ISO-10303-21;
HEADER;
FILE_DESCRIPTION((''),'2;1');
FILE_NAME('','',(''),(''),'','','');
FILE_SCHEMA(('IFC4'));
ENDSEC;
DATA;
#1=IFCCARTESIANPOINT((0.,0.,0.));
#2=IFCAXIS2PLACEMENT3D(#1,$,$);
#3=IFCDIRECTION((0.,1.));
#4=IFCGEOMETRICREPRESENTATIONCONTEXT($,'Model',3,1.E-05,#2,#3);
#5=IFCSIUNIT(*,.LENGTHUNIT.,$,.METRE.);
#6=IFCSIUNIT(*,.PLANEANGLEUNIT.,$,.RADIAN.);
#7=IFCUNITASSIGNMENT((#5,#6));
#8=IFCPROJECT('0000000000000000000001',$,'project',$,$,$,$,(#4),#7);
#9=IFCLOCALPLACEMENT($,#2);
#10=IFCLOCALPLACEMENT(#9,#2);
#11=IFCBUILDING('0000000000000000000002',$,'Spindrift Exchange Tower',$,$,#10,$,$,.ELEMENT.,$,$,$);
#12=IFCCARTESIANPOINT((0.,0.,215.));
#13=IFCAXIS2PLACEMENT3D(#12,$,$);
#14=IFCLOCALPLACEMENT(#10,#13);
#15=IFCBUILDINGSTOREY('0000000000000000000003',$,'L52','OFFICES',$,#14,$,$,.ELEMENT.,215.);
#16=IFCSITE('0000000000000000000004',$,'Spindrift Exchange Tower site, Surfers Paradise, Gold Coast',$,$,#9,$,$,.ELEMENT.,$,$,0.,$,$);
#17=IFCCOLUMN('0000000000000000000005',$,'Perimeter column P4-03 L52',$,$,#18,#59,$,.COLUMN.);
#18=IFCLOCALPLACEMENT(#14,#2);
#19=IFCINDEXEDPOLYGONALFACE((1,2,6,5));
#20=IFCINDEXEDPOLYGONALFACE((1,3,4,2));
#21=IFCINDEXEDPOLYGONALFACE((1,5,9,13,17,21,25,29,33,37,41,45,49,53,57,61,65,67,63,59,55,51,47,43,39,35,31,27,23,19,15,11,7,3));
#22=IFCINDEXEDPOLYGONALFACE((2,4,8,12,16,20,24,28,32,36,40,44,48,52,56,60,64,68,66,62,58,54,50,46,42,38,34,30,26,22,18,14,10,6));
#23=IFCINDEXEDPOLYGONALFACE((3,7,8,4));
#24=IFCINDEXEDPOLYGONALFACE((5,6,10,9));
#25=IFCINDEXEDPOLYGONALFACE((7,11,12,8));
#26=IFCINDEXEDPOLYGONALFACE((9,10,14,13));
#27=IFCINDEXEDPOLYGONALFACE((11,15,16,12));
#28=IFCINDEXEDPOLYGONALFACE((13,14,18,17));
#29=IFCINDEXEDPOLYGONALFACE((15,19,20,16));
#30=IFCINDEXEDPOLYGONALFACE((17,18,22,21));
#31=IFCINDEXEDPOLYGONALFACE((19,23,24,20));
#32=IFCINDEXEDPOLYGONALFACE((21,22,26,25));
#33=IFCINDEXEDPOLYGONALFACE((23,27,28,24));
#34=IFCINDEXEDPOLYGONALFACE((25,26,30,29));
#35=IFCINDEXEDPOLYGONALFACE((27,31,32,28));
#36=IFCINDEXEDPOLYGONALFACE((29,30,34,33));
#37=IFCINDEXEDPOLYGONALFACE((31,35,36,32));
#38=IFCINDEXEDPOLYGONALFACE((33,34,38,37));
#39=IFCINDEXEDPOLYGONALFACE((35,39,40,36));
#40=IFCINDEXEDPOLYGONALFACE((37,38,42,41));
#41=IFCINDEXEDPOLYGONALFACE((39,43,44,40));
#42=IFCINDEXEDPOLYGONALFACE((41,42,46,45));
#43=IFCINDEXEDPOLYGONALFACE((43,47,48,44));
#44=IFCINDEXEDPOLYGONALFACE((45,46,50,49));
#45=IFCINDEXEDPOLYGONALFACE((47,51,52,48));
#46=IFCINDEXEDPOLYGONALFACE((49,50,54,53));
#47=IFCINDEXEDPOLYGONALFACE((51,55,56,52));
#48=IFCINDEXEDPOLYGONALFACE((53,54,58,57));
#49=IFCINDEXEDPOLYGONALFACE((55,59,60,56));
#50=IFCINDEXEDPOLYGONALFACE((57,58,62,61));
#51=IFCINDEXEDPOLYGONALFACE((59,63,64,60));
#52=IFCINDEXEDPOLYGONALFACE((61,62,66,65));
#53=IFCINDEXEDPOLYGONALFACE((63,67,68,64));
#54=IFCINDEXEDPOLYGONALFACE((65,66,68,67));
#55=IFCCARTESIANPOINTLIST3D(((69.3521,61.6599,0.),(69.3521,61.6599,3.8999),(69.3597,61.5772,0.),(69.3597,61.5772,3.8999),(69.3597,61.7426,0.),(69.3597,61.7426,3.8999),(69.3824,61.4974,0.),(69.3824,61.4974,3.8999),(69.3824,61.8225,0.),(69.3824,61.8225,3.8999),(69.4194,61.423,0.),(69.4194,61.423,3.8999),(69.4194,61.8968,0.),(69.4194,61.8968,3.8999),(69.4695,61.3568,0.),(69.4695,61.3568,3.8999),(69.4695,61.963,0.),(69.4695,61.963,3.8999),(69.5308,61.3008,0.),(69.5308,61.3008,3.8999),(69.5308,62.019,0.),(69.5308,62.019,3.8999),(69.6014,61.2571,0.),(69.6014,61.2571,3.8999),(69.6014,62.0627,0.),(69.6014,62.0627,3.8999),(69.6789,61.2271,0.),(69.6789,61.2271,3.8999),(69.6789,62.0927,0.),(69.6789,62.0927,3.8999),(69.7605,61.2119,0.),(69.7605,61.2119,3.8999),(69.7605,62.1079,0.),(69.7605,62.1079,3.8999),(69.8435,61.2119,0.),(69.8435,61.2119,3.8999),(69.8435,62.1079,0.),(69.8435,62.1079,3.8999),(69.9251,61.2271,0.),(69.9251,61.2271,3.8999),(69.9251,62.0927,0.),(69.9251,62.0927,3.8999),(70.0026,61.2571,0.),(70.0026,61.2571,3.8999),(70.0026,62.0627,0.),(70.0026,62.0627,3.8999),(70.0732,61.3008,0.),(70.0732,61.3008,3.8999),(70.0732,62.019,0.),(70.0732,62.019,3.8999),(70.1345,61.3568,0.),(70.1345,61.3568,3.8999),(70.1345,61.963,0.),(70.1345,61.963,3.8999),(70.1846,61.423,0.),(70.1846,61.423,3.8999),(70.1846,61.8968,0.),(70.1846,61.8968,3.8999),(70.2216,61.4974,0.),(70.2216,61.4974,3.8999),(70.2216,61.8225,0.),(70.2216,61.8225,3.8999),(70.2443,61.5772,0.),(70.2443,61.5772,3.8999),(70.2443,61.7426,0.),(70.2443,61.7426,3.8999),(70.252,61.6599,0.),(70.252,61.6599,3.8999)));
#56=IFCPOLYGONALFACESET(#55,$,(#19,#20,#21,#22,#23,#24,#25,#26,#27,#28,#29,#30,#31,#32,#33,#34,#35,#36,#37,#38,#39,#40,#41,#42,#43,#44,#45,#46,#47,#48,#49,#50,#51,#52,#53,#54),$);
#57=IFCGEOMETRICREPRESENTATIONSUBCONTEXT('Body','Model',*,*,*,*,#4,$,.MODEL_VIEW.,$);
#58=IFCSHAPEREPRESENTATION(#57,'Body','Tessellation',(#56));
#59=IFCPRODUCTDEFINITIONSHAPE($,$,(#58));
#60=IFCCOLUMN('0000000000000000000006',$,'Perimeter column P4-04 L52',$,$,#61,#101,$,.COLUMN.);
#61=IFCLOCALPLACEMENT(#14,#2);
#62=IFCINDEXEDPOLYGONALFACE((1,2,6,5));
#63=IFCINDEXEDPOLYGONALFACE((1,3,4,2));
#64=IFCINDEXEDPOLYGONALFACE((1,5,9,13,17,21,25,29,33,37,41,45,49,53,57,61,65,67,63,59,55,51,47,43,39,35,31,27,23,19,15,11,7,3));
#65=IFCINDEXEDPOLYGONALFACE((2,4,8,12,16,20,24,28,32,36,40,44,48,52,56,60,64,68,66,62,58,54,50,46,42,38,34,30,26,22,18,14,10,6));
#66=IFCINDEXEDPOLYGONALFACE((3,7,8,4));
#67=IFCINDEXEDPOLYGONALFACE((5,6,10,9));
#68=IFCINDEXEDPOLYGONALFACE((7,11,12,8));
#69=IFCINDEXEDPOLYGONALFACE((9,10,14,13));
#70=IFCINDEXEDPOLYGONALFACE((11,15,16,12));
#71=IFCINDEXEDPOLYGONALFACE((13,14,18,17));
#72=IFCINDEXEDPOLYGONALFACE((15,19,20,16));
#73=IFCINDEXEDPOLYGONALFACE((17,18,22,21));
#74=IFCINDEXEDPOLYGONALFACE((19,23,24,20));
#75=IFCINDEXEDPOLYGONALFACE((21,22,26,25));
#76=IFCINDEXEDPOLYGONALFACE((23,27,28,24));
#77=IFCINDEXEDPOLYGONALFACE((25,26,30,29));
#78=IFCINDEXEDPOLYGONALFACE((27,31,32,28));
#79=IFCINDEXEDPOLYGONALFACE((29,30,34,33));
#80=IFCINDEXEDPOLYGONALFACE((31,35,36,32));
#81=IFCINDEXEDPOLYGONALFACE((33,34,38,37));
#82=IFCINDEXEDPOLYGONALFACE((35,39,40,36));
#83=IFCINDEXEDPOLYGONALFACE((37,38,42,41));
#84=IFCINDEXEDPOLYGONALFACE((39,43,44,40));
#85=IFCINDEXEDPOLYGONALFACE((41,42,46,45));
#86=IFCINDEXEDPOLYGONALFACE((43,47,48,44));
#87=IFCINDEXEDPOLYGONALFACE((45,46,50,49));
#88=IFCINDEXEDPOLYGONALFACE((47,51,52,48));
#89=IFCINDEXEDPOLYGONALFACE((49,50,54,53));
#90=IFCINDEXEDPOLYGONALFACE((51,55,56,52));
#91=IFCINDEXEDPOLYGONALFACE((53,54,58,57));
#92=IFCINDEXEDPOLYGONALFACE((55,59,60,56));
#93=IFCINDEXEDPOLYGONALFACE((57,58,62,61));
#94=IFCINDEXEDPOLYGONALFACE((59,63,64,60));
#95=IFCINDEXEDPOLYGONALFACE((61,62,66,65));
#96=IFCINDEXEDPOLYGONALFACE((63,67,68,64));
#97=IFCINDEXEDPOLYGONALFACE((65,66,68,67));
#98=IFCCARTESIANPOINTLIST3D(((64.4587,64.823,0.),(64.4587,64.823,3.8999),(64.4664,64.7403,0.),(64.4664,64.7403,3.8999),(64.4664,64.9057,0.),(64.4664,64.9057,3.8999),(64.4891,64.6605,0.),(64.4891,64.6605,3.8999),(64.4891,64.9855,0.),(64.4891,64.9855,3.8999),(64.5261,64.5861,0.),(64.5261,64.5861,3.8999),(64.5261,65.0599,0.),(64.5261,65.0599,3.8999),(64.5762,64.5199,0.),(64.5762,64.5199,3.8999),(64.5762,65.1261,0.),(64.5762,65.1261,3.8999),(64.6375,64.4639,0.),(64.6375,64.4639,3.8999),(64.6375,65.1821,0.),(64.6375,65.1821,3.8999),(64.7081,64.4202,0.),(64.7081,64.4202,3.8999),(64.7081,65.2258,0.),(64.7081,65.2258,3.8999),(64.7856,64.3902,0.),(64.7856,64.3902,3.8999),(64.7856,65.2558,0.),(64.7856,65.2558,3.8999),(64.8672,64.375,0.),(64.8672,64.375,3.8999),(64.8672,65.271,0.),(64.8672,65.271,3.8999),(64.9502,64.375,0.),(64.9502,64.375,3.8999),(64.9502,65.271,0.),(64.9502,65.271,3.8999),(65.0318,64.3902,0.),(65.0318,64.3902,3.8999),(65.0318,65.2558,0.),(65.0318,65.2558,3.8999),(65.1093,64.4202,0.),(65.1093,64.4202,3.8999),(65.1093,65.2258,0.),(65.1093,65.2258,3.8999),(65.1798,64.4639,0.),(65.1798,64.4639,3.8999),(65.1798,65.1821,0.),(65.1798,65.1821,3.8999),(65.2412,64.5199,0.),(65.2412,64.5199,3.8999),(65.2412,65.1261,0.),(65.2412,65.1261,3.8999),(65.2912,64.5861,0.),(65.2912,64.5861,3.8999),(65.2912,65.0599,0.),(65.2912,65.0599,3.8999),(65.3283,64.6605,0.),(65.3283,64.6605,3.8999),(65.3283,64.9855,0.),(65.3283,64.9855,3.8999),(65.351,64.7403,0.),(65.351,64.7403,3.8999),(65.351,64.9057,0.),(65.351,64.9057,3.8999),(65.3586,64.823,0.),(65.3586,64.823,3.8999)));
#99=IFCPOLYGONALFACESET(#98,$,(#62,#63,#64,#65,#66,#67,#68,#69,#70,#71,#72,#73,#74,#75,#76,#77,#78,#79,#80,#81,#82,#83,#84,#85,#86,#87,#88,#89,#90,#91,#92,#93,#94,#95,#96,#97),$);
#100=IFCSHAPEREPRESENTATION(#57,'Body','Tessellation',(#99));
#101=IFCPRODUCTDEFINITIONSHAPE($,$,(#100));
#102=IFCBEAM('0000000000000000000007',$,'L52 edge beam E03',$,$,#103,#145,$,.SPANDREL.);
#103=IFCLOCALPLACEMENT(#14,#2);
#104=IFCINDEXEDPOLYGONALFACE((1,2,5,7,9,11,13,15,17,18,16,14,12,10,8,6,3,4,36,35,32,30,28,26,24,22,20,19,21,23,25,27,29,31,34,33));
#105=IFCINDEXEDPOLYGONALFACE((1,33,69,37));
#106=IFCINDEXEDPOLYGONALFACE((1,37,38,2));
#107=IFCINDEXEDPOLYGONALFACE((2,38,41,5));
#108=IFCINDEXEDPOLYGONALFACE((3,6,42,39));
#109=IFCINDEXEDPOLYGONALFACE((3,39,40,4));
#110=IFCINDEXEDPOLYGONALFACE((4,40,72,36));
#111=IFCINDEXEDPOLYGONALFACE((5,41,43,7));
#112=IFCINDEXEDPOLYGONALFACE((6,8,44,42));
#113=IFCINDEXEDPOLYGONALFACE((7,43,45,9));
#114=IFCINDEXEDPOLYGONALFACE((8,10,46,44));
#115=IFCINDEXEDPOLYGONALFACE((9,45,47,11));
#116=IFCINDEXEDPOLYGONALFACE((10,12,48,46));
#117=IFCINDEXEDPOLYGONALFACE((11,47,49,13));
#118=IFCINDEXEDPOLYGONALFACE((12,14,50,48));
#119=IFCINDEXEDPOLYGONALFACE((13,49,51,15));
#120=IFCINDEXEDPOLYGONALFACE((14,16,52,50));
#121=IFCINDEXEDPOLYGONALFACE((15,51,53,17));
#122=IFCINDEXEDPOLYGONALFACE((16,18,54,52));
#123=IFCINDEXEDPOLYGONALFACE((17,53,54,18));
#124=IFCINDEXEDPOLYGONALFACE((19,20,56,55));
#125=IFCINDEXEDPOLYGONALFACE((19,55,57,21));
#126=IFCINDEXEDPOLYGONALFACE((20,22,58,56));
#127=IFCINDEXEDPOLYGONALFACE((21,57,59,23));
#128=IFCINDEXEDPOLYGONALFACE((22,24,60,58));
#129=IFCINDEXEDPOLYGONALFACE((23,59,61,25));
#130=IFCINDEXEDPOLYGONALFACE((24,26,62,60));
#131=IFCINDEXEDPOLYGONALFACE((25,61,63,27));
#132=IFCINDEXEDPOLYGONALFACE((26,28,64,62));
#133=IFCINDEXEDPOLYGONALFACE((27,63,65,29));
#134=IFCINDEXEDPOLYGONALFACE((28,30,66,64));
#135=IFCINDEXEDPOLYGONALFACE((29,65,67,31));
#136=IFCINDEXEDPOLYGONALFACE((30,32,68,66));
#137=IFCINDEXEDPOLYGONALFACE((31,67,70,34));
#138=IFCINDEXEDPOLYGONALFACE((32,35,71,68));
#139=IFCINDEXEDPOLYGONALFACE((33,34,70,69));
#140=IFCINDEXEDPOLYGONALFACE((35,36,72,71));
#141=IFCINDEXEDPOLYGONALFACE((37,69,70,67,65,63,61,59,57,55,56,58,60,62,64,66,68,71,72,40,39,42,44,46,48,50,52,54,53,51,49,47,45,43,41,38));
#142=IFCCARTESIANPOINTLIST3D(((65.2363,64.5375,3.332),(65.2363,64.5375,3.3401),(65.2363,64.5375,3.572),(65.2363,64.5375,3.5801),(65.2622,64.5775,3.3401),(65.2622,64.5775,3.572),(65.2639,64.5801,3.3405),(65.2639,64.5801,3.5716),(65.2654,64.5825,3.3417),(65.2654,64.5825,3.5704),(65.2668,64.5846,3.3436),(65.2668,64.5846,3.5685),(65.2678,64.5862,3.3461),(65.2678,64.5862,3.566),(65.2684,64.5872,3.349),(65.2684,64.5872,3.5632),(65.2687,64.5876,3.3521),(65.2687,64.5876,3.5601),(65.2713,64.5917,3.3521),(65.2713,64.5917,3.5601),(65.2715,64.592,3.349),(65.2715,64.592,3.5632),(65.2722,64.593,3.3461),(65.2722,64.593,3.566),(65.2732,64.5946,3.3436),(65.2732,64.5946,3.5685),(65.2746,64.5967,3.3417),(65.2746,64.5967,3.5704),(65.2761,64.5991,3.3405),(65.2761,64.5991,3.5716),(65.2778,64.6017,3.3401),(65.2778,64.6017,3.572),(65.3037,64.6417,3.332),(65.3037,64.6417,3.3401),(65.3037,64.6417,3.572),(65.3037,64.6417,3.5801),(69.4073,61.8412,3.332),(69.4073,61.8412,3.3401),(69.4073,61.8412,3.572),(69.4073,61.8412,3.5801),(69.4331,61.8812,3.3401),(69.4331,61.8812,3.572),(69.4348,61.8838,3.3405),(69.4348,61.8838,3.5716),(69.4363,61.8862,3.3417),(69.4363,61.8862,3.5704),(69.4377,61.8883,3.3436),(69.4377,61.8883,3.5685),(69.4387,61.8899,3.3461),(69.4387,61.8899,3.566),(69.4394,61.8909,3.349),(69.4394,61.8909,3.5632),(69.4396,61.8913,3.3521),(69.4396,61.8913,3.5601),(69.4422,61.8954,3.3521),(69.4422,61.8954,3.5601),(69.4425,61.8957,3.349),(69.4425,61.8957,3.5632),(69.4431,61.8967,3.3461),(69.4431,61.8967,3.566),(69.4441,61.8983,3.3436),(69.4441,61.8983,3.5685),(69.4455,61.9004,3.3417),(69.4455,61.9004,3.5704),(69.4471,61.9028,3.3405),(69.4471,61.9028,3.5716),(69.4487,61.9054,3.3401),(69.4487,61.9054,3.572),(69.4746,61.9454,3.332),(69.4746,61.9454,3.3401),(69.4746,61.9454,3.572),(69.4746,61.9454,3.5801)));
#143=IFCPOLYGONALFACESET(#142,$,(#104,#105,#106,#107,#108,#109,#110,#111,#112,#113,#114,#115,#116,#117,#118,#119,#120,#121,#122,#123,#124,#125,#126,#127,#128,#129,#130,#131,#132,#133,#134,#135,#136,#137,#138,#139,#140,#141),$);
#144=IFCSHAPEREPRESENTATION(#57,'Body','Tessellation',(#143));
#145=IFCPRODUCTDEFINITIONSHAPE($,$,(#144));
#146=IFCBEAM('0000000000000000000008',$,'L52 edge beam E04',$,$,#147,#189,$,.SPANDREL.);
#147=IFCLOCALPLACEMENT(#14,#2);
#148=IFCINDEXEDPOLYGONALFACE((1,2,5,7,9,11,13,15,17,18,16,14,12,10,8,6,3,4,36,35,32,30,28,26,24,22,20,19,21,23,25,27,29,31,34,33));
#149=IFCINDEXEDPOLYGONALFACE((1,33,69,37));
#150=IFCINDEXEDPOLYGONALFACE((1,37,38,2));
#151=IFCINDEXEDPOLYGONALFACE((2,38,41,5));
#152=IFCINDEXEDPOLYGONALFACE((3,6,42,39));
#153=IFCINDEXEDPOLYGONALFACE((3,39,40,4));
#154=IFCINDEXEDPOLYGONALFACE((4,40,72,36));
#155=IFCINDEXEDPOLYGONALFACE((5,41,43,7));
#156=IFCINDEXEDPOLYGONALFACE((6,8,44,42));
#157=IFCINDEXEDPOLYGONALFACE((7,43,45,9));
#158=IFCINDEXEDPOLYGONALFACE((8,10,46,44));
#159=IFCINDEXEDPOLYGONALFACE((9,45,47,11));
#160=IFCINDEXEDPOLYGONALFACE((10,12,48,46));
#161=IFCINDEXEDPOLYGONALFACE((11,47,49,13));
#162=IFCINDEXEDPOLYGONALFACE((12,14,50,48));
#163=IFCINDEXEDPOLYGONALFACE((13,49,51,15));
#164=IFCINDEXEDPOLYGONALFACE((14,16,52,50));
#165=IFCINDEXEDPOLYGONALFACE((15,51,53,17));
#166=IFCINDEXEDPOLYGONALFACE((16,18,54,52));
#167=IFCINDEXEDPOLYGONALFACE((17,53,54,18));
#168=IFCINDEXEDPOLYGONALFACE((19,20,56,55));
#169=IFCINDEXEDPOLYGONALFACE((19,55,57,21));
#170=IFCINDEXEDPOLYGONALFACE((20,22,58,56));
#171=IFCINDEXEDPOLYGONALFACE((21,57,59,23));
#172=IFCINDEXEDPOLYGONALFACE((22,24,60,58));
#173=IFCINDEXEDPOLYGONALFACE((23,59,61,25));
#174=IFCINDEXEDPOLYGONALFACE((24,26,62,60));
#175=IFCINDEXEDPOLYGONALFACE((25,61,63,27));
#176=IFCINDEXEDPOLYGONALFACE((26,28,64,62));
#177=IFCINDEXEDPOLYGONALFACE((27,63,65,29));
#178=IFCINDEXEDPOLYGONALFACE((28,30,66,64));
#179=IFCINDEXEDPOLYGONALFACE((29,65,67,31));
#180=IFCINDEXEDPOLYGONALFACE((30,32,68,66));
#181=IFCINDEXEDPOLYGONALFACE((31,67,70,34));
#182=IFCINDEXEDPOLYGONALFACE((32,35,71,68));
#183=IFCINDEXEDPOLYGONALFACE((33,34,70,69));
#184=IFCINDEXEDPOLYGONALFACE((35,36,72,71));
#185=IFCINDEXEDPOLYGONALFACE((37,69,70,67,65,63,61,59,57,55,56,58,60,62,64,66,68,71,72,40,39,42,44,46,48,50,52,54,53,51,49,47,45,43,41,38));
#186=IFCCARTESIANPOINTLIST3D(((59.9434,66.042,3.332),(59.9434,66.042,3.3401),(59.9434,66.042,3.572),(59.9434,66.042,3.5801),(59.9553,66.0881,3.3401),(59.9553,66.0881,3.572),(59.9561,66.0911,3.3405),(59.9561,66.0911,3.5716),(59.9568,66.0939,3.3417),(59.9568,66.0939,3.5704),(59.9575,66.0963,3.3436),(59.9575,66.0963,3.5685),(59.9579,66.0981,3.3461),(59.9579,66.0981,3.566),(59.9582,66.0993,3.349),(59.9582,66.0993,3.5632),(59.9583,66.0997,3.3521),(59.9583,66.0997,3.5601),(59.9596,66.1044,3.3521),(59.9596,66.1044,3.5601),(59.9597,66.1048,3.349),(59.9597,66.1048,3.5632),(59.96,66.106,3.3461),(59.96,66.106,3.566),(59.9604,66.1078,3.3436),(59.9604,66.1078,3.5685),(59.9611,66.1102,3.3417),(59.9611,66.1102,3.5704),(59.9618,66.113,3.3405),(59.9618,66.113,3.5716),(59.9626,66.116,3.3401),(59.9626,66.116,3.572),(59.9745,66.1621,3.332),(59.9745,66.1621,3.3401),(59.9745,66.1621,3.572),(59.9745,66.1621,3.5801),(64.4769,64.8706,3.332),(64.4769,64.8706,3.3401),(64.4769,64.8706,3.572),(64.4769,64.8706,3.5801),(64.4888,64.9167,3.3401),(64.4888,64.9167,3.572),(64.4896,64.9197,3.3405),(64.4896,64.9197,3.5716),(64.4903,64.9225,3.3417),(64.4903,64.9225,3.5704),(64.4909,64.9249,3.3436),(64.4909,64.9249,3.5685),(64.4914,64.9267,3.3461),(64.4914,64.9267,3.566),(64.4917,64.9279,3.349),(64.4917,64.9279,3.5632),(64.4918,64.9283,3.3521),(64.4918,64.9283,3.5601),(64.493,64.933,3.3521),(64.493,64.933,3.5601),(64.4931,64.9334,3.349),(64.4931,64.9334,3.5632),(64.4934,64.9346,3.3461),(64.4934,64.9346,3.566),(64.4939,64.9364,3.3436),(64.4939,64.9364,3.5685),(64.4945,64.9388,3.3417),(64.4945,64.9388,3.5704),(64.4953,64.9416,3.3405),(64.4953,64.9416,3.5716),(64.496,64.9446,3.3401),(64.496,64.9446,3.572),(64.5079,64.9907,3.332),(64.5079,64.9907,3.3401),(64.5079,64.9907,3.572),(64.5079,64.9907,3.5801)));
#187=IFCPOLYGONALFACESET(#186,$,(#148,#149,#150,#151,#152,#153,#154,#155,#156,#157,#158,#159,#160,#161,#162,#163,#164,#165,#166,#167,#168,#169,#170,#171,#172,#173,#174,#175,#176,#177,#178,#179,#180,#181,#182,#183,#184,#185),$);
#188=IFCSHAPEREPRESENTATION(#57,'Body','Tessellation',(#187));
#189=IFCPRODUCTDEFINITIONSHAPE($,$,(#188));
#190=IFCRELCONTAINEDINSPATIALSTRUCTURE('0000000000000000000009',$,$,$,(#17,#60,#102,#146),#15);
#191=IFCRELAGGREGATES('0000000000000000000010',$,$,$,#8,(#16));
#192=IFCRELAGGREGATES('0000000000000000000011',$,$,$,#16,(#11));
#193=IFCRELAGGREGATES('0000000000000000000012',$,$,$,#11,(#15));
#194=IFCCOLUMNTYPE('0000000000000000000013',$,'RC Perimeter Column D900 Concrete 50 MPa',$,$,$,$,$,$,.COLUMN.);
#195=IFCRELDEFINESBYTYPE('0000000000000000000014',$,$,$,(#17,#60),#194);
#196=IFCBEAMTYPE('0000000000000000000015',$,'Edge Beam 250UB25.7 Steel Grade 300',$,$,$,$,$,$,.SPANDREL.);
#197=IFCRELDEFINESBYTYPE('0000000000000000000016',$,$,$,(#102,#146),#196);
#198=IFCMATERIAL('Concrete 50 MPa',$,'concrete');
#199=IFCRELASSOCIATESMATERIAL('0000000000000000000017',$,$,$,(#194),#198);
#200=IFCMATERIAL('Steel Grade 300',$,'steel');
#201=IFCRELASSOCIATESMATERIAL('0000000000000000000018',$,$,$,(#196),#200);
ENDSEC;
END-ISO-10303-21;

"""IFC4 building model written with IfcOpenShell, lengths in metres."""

from ifc_helpers import new_model, si_unit, direction, frame, origin, origin_2d, place, context, subcontext, project, spatial, circle, i_section, extrude, source, transform, mapped, material, material_profile, profile_set, type_object, element, save


model = new_model("IFC4")

# Units and contexts
model_context = context("Model", 3, precision=1e-05, world=origin(), true_north=direction((0.0, 1.0)))
body_context = subcontext(model_context, "Body", "Model", "MODEL_VIEW")
ifc_project = project(units=[si_unit("LENGTHUNIT", "METRE"), si_unit("PLANEANGLEUNIT", "RADIAN")], contexts=[model_context])

# Site, building, storey
site_placement = place(None, origin())
site = spatial("IfcSite", under=ifc_project, at=site_placement, Name="Spindrift Exchange Tower site, Surfers Paradise, Gold Coast", CompositionType="ELEMENT", RefElevation=0.0)
building_placement = place(site_placement, origin())
building = spatial("IfcBuilding", under=site, at=building_placement, Name="Spindrift Exchange Tower", CompositionType="ELEMENT")
storey_placement = place(building_placement, frame((0.0, 0.0, 215.0)))
storey = spatial("IfcBuildingStorey", under=building, at=storey_placement, Name="L52", Description="OFFICES", CompositionType="ELEMENT", Elevation=215.0)

# Columns
ifc_material_1 = material(Name="Concrete 50 MPa", Category="concrete")
ifc_material_profile_1 = material_profile(ifc_material_1, circle(Radius=0.45, at=origin_2d()), Name="RC D900")
ifc_profile_set_1 = profile_set([ifc_material_profile_1], Name="Concrete 50 MPa")
column_type = type_object("IfcColumnType", Name="RC Perimeter Column D900 Concrete 50 MPa", PredefinedType="COLUMN", material=ifc_profile_set_1)
shared_shape_1 = source(origin(), body_context, "Body", "SweptSolid", [
    extrude(circle(Radius=0.45, at=origin_2d()), origin(), (0.0, 0.0, 1.0), 3.8999),
])
for number, where, z_axis, x_axis, name in (
    (1, (69.802, 61.6599, 0.0), (0.0, 0.0, 1.0), (1.0, 0.0, 0.0), "Perimeter column P4-03 L52"),
    (2, (64.9087, 64.823, 0.0), (0.0, 0.0, 1.0), (1.0, 0.0, 0.0), "Perimeter column P4-04 L52"),
):
    element("IfcColumn", number, at=place(storey_placement, frame(where, z_axis=z_axis, x_axis=x_axis)), inside=storey, type_object=column_type, Name=name, PredefinedType="COLUMN", context=body_context, shape_type="MappedRepresentation", body=[
        mapped(shared_shape_1, transform((0.0, 0.0, 0.0), scale=1.0)),
    ])

# Beams
ifc_material_2 = material(Name="Steel Grade 300", Category="steel")
ifc_material_profile_2 = material_profile(ifc_material_2, i_section(OverallWidth=0.124, OverallDepth=0.248, WebThickness=0.0049, FlangeThickness=0.0081, FilletRadius=0.012, at=origin_2d()), Name="250UB25.7")
ifc_profile_set_2 = profile_set([ifc_material_profile_2], Name="Steel Grade 300")
beam_type_1 = type_object("IfcBeamType", Name="Edge Beam 250UB25.7 Steel Grade 300", PredefinedType="SPANDREL", material=ifc_profile_set_2)
shared_shape_2 = source(origin(), body_context, "Body", "SweptSolid", [
    extrude(i_section(OverallWidth=0.124, OverallDepth=0.248, WebThickness=0.0049, FlangeThickness=0.0081, FilletRadius=0.012, at=origin_2d()), origin(), (0.0, 0.0, 1.0), 4.9666),
])
beam_1_placement = place(storey_placement, frame((69.4409, 61.8933, 3.4561), z_axis=(-0.839802, 0.542893, 0.0), x_axis=(-0.542893, -0.839802, 0.0)))
element("IfcBeam", 3, at=beam_1_placement, inside=storey, type_object=beam_type_1, Name="L52 edge beam E03", PredefinedType="SPANDREL", context=body_context, shape_type="MappedRepresentation", body=[
    mapped(shared_shape_2, transform((0.0, 0.0, 0.0), scale=1.0)),
])
shared_shape_3 = source(origin(), body_context, "Body", "SweptSolid", [
    extrude(i_section(OverallWidth=0.124, OverallDepth=0.248, WebThickness=0.0049, FlangeThickness=0.0081, FilletRadius=0.012, at=origin_2d()), origin(), (0.0, 0.0, 1.0), 4.6824),
])
beam_2_placement = place(storey_placement, frame((64.4924, 64.9307, 3.4561), z_axis=(-0.968202, 0.250171, 0.0), x_axis=(-0.250171, -0.968202, 0.0)))
element("IfcBeam", 4, at=beam_2_placement, inside=storey, type_object=beam_type_1, Name="L52 edge beam E04", PredefinedType="SPANDREL", context=body_context, shape_type="MappedRepresentation", body=[
    mapped(shared_shape_3, transform((0.0, 0.0, 0.0), scale=1.0)),
])

save(model, "model.ifc")
